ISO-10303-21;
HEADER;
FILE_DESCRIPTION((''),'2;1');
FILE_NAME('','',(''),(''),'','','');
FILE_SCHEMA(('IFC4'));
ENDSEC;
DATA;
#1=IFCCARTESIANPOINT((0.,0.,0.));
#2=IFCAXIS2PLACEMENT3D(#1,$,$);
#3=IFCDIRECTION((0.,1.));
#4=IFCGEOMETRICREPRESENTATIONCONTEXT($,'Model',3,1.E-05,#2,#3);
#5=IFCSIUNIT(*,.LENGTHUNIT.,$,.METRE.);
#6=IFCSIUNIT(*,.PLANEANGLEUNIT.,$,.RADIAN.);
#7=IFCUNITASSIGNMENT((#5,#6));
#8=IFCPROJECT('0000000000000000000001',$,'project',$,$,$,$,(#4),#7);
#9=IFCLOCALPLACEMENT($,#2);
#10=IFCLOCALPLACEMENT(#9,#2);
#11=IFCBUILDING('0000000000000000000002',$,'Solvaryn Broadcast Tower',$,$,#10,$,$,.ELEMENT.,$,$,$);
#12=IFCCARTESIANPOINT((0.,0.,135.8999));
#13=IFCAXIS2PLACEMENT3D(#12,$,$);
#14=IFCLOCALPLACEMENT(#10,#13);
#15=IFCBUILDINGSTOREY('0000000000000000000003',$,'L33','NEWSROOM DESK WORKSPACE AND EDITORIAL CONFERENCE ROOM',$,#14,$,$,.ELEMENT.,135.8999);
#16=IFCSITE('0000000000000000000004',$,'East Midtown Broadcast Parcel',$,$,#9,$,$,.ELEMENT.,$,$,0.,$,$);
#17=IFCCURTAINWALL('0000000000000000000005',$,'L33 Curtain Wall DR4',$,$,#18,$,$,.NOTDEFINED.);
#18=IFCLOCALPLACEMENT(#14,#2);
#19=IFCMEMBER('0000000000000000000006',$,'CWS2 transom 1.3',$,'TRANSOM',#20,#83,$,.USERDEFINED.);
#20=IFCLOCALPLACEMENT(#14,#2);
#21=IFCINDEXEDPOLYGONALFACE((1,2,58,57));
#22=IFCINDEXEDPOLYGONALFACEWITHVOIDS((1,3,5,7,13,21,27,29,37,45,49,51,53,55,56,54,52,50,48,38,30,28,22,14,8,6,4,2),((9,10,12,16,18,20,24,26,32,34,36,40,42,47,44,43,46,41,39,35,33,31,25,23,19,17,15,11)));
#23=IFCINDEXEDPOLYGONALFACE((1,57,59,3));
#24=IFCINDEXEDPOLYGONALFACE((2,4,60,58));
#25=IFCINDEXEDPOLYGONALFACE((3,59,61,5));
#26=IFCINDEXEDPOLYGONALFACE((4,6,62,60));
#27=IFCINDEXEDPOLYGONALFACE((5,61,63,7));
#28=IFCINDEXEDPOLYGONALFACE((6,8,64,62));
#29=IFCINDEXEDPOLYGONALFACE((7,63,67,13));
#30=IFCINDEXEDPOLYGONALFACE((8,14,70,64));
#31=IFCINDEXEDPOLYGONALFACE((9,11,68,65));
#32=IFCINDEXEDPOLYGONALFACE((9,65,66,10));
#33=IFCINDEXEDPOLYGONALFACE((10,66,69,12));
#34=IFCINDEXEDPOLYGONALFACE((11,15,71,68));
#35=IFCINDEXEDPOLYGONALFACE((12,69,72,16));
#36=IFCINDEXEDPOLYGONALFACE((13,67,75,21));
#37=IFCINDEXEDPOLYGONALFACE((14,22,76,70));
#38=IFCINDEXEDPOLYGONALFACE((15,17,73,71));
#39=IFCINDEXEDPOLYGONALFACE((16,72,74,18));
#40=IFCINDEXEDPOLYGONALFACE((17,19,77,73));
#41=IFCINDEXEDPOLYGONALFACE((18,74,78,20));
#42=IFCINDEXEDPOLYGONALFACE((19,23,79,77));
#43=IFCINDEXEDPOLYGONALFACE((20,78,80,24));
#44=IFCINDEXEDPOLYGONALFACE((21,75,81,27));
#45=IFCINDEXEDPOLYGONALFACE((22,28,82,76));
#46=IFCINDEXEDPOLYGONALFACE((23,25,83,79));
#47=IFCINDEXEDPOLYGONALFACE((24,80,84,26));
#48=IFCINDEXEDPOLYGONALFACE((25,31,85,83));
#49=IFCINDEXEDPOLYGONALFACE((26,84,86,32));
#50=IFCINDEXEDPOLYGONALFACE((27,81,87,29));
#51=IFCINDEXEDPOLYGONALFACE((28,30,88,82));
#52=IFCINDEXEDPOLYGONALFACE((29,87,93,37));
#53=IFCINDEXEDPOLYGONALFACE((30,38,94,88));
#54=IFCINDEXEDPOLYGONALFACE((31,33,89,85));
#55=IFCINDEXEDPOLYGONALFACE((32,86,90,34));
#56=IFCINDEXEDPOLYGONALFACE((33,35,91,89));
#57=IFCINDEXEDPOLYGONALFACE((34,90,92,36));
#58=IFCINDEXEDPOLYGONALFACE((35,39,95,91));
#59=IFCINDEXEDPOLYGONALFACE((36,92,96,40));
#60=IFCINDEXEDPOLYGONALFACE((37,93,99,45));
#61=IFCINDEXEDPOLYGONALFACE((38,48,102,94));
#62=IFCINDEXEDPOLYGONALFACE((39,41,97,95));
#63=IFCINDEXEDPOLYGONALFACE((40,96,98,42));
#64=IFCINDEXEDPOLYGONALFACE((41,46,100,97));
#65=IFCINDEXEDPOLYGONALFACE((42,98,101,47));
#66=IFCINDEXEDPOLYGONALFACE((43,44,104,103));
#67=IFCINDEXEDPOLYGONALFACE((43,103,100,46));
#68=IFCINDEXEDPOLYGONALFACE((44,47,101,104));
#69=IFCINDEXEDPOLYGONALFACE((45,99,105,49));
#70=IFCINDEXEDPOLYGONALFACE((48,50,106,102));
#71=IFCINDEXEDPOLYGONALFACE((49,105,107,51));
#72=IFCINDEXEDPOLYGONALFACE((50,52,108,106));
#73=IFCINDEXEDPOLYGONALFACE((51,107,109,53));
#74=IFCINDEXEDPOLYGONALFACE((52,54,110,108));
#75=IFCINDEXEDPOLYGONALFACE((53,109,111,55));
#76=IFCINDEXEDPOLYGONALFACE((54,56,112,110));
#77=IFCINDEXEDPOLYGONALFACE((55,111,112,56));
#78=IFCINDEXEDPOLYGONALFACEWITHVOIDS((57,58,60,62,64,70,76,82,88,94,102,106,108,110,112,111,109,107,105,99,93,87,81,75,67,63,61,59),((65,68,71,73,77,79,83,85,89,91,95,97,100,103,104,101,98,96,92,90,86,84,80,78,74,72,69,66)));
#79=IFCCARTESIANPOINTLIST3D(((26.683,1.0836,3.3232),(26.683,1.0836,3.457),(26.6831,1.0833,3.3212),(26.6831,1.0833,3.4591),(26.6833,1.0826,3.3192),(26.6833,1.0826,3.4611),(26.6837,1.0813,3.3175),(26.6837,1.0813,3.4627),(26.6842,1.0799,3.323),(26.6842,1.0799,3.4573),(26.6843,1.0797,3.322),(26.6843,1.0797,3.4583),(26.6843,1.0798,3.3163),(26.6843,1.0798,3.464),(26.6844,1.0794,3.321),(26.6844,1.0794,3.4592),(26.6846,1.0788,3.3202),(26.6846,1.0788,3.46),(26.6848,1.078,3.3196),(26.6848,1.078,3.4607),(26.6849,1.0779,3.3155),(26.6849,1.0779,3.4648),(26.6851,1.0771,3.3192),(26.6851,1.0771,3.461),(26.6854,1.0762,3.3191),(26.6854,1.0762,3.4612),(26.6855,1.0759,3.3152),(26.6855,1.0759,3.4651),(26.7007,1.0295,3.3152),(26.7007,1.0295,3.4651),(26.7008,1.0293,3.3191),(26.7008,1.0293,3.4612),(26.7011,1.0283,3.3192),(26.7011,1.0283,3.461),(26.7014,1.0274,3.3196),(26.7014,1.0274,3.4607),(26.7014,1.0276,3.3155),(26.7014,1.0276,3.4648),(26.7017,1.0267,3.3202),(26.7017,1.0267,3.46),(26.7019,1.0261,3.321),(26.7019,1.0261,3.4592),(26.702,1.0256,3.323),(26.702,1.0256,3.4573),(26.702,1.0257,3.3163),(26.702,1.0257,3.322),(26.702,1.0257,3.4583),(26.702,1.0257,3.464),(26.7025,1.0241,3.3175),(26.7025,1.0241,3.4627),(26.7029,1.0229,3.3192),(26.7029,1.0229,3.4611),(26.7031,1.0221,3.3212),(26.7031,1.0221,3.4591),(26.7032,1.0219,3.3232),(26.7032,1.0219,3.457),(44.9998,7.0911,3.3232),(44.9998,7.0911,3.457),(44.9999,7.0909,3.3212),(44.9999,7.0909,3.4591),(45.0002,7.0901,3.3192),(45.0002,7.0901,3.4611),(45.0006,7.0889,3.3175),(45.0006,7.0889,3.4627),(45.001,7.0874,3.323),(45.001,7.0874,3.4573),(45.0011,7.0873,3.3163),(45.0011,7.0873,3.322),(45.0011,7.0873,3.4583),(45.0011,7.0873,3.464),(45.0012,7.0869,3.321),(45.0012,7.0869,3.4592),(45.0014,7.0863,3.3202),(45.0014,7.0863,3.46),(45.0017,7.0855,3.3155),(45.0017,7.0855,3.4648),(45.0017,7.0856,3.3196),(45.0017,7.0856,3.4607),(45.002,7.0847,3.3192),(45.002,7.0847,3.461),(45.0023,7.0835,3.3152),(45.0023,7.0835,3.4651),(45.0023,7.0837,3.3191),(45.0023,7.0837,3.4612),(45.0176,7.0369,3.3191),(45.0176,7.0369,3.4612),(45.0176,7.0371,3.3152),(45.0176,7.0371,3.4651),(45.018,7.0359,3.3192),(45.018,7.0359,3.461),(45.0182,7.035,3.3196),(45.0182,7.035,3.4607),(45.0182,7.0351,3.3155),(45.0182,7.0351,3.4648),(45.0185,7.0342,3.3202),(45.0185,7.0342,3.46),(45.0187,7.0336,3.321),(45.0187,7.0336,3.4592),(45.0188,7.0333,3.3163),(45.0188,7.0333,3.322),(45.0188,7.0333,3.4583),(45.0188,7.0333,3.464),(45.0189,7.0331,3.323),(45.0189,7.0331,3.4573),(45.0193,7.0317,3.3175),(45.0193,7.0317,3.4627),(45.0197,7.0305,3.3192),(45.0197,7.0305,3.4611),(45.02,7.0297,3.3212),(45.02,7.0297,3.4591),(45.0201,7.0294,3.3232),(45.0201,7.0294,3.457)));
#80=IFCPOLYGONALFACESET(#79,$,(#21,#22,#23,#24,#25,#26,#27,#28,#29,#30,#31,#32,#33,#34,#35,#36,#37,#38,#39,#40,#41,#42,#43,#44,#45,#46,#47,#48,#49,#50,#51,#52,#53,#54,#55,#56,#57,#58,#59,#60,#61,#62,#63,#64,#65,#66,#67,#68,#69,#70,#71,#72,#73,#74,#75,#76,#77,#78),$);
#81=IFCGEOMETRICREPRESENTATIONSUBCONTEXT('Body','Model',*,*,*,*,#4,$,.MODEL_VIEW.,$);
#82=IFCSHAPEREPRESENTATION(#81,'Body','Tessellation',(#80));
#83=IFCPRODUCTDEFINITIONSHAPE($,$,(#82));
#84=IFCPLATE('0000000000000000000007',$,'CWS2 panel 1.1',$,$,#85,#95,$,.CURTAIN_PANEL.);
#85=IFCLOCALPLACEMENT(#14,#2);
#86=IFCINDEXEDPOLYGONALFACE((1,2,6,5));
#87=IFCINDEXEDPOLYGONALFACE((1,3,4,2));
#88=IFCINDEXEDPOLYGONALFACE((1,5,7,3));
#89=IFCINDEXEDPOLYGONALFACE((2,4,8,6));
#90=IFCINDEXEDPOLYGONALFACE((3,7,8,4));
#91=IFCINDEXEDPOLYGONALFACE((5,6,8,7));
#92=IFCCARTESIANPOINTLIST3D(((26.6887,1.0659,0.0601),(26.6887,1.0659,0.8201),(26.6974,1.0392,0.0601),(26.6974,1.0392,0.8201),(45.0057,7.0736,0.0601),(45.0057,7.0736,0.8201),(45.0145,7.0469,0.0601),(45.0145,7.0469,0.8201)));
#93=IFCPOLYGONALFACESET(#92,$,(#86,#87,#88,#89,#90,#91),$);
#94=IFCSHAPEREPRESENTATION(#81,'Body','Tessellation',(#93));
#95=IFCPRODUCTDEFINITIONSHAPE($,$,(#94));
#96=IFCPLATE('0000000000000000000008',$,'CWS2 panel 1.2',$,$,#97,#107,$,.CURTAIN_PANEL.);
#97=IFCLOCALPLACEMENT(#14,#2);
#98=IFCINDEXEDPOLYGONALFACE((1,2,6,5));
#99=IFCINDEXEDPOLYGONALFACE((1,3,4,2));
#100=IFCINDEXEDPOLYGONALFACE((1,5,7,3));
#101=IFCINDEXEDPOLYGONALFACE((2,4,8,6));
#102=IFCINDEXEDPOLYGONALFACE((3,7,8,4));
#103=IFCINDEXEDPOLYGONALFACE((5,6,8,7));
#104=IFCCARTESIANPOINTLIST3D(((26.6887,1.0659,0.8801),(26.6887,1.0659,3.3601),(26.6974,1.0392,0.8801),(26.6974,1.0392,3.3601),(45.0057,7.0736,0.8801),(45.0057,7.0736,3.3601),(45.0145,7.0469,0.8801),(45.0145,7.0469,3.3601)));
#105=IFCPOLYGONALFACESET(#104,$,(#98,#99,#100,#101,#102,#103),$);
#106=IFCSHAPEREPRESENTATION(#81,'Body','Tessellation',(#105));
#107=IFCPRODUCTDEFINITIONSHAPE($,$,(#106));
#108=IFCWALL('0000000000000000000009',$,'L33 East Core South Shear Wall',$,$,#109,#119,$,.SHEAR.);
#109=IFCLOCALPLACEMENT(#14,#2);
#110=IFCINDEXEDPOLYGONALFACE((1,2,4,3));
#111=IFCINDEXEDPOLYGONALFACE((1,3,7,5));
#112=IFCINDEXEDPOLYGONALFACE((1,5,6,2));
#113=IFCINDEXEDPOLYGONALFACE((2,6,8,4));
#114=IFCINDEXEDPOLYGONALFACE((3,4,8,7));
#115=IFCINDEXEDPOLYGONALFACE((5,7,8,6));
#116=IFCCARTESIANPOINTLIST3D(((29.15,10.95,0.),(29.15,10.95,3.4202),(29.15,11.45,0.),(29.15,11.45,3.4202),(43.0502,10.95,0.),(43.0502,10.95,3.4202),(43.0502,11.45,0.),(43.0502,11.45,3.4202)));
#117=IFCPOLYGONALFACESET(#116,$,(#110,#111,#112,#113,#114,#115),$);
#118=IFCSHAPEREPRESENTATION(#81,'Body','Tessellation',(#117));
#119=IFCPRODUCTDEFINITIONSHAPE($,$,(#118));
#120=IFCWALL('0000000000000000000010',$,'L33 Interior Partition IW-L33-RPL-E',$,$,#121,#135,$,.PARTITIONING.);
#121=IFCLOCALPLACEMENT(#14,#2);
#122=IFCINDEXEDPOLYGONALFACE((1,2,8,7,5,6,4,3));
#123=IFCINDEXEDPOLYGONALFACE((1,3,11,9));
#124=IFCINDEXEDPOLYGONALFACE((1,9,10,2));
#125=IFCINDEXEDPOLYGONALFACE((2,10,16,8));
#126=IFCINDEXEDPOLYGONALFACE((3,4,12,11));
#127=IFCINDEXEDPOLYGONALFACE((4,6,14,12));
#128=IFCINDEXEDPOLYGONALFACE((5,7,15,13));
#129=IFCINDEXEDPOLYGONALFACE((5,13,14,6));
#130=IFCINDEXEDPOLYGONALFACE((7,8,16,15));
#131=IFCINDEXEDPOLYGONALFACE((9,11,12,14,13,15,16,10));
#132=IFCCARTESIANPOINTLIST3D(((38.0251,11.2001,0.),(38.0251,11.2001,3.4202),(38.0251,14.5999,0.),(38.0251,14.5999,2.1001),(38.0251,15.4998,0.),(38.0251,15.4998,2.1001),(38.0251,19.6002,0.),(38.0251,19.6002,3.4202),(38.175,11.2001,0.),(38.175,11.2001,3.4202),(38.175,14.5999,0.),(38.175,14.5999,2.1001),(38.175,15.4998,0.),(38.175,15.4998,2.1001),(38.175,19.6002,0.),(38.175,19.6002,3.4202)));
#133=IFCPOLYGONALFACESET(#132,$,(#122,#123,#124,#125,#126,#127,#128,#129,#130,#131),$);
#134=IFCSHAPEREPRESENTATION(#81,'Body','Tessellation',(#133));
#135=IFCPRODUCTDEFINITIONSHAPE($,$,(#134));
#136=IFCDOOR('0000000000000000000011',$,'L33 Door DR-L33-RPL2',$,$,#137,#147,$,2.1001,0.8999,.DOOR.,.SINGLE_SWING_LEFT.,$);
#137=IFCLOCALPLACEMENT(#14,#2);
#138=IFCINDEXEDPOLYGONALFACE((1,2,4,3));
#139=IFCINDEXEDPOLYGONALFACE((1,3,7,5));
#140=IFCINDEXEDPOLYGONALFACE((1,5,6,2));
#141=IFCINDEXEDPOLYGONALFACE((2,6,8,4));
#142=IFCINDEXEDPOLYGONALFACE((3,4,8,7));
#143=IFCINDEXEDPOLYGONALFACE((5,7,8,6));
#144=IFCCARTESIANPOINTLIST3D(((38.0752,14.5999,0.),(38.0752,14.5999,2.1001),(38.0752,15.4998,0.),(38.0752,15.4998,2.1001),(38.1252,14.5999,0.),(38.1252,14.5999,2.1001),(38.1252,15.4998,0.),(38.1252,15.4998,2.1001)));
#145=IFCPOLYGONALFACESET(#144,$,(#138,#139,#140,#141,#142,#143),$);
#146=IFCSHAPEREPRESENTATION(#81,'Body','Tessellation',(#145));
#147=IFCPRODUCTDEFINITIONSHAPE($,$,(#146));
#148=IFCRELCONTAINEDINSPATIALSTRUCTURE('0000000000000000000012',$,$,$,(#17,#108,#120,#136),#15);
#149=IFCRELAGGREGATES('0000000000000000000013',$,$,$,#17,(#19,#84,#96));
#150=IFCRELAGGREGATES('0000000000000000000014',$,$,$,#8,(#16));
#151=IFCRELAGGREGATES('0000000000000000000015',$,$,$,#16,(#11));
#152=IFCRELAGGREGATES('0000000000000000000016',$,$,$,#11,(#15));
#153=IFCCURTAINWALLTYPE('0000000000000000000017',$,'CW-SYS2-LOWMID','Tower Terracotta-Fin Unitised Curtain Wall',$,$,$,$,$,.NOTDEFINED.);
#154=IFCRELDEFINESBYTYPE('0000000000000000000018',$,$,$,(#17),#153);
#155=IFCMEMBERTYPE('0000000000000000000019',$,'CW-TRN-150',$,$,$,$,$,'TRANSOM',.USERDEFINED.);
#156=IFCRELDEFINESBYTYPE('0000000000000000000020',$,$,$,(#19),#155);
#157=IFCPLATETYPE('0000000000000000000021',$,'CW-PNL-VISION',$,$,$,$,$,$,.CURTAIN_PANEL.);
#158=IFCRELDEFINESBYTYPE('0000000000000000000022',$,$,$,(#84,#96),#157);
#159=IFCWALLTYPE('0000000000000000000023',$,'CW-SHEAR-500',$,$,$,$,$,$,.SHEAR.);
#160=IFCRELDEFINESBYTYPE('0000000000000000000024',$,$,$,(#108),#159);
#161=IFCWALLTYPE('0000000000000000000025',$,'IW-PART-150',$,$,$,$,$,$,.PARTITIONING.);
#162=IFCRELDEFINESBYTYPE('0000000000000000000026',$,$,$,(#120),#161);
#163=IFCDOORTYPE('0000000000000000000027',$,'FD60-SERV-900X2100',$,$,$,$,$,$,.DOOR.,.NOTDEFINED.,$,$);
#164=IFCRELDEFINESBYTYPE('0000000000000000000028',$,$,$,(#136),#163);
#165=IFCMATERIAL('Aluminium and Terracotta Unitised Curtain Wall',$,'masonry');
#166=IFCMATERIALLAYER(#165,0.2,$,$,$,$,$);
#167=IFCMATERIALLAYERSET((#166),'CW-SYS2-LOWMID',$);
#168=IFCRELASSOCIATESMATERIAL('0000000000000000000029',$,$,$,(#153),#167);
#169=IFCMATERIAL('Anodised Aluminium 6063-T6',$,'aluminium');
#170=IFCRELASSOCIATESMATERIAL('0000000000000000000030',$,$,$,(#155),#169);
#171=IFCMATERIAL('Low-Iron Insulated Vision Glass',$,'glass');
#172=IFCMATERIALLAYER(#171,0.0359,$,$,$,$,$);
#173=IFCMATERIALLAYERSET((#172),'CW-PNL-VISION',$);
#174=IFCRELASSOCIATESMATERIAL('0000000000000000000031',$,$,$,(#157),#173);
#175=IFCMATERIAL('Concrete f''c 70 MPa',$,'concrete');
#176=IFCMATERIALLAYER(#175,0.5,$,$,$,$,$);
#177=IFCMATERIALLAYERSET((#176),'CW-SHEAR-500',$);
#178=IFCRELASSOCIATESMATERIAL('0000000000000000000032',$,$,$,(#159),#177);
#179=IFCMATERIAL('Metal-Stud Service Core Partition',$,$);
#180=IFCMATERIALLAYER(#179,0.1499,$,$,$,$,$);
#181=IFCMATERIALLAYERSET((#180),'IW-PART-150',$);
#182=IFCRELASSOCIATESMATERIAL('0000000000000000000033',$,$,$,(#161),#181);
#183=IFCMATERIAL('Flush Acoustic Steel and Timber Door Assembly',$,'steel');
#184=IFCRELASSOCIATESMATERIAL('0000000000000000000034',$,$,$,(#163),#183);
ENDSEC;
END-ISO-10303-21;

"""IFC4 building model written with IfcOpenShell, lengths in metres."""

from ifc_helpers import new_model, si_unit, direction, frame, frame_2d, origin, origin_2d, place, context, subcontext, project, spatial, rectangle, hollow_rectangle, extrude, material, layer, layer_set, material_profile, profile_set, type_object, element, fill, aggregate, save


model = new_model("IFC4")

# Units and contexts
model_context = context("Model", 3, precision=1e-05, world=origin(), true_north=direction((0.0, 1.0)))
body_context = subcontext(model_context, "Body", "Model", "MODEL_VIEW")
ifc_project = project(units=[si_unit("LENGTHUNIT", "METRE"), si_unit("PLANEANGLEUNIT", "RADIAN")], contexts=[model_context])

# Site, building, storey
site_placement = place(None, origin())
site = spatial("IfcSite", under=ifc_project, at=site_placement, Name="East Midtown Broadcast Parcel", CompositionType="ELEMENT", RefElevation=0.0)
building_placement = place(site_placement, origin())
building = spatial("IfcBuilding", under=site, at=building_placement, Name="Solvaryn Broadcast Tower", CompositionType="ELEMENT")
storey_placement = place(building_placement, frame((0.0, 0.0, 135.8999)))
storey = spatial("IfcBuildingStorey", under=building, at=storey_placement, Name="L33", Description="NEWSROOM DESK WORKSPACE AND EDITORIAL CONFERENCE ROOM", CompositionType="ELEMENT", Elevation=135.8999)

# Shared definitions
ifc_material_1 = material(Name="Aluminium and Terracotta Unitised Curtain Wall", Category="masonry")
ifc_layer_1 = layer(ifc_material_1, 0.2)
ifc_layer_set_1 = layer_set([ifc_layer_1], Name="CW-SYS2-LOWMID")
curtain_wall_type = type_object("IfcCurtainWallType", Name="CW-SYS2-LOWMID", Description="Tower Terracotta-Fin Unitised Curtain Wall", PredefinedType="NOTDEFINED", material=ifc_layer_set_1)

# Curtain wall, member, plates
curtain_wall_1_placement = place(storey_placement, origin())
curtain_wall_1 = element("IfcCurtainWall", 1, at=curtain_wall_1_placement, inside=storey, type_object=curtain_wall_type, Name="L33 Curtain Wall DR4", PredefinedType="NOTDEFINED")
ifc_material_2 = material(Name="Anodised Aluminium 6063-T6", Category="aluminium")
ifc_material_profile_1 = material_profile(ifc_material_2, hollow_rectangle(XDim=0.0649, YDim=0.1499, WallThickness=0.0039, InnerFilletRadius=0.0039, OuterFilletRadius=0.0081, at=origin_2d()))
ifc_profile_set_1 = profile_set([ifc_material_profile_1], Name="Anodised Aluminium 6063-T6")
member_type_1 = type_object("IfcMemberType", Name="CW-TRN-150", ElementType="TRANSOM", PredefinedType="USERDEFINED", material=ifc_profile_set_1)
member_1_placement = place(storey_placement, frame((26.6931, 1.0527, 3.3901), z_axis=(0.950198, 0.311646, 0.0), x_axis=(-0.311646, 0.950198, 0.0)))
member_1 = element("IfcMember", 2, at=member_1_placement, type_object=member_type_1, Name="CWS2 transom 1.3", ObjectType="TRANSOM", PredefinedType="USERDEFINED", context=body_context, shape_type="SweptSolid", body=[
    extrude(hollow_rectangle(XDim=0.0649, YDim=0.1499, WallThickness=0.0039, InnerFilletRadius=0.0039, OuterFilletRadius=0.0081, at=origin_2d()), origin(), (0.0, 0.0, 1.0), 19.2769),
])
ifc_material_3 = material(Name="Low-Iron Insulated Vision Glass", Category="glass")
ifc_layer_2 = layer(ifc_material_3, 0.0359)
ifc_layer_set_2 = layer_set([ifc_layer_2], Name="CW-PNL-VISION")
plate_type = type_object("IfcPlateType", Name="CW-PNL-VISION", PredefinedType="CURTAIN_PANEL", material=ifc_layer_set_2)
plate_1_placement = place(storey_placement, frame((35.8516, 4.0564, 0.0601), z_axis=(0.0, 0.0, 1.0), x_axis=(0.950198, 0.311646, 0.0)))
plate_1 = element("IfcPlate", 3, at=plate_1_placement, type_object=plate_type, Name="CWS2 panel 1.1", PredefinedType="CURTAIN_PANEL", context=body_context, shape_type="SweptSolid", body=[
    extrude(rectangle(XDim=19.2771, YDim=0.0281, at=origin_2d()), origin(), (0.0, 0.0, 1.0), 0.76),
])
plate_2_placement = place(storey_placement, frame((35.8516, 4.0564, 0.8801), z_axis=(0.0, 0.0, 1.0), x_axis=(0.950198, 0.311646, 0.0)))
plate_2 = element("IfcPlate", 4, at=plate_2_placement, type_object=plate_type, Name="CWS2 panel 1.2", PredefinedType="CURTAIN_PANEL", context=body_context, shape_type="SweptSolid", body=[
    extrude(rectangle(XDim=19.2771, YDim=0.0281, at=origin_2d()), origin(), (0.0, 0.0, 1.0), 2.48),
])
aggregate(curtain_wall_1, [member_1, plate_1, plate_2])

# Wall
ifc_material_4 = material(Name="Concrete f'c 70 MPa", Category="concrete")
ifc_layer_3 = layer(ifc_material_4, 0.5)
ifc_layer_set_3 = layer_set([ifc_layer_3], Name="CW-SHEAR-500")
wall_type_1 = type_object("IfcWallType", Name="CW-SHEAR-500", PredefinedType="SHEAR", material=ifc_layer_set_3)
wall_1_placement = place(storey_placement, frame((29.1499, 11.2, 0.0), z_axis=(0.0, 0.0, 1.0), x_axis=(1.0, 0.0, 0.0)))
element("IfcWall", 5, at=wall_1_placement, inside=storey, type_object=wall_type_1, Name="L33 East Core South Shear Wall", PredefinedType="SHEAR", context=body_context, shape_type="SweptSolid", body=[
    extrude(rectangle(XDim=13.9001, YDim=0.5, at=frame_2d((6.9502, 0.0))), origin(), (0.0, 0.0, 1.0), 3.4202),
])

# Wall, opening, door
ifc_material_5 = material(Name="Metal-Stud Service Core Partition")
ifc_layer_4 = layer(ifc_material_5, 0.1499)
ifc_layer_set_4 = layer_set([ifc_layer_4], Name="IW-PART-150")
wall_type_2 = type_object("IfcWallType", Name="IW-PART-150", PredefinedType="PARTITIONING", material=ifc_layer_set_4)
wall_2_placement = place(storey_placement, frame((38.1001, 11.2, 0.0), z_axis=(0.0, 0.0, 1.0), x_axis=(0.0, 1.0, 0.0)))
wall_2 = element("IfcWall", 6, at=wall_2_placement, inside=storey, type_object=wall_type_2, Name="L33 Interior Partition IW-L33-RPL-E", PredefinedType="PARTITIONING", context=body_context, shape_type="SweptSolid", body=[
    extrude(rectangle(XDim=8.4001, YDim=0.1499, at=frame_2d((4.2002, 0.0))), origin(), (0.0, 0.0, 1.0), 3.4202),
])
opening_1_placement = place(wall_2_placement, frame((3.3999, 0.0, 0.0)))
opening_1 = element("IfcOpeningElement", 7, at=opening_1_placement, cuts=wall_2, PredefinedType="OPENING", context=body_context, shape_type="SweptSolid", body=[
    extrude(rectangle(XDim=0.8999, YDim=2.1001, at=frame_2d((0.45, 1.05))), frame((0.0, 0.085, 0.0), z_axis=(0.0, -1.0, 0.0), x_axis=(1.0, 0.0, 0.0)), (0.0, 0.0, 1.0), 0.1699),
])
ifc_material_6 = material(Name="Flush Acoustic Steel and Timber Door Assembly", Category="steel")
door_type_1 = type_object("IfcDoorType", Name="FD60-SERV-900X2100", OperationType="NOTDEFINED", PredefinedType="DOOR", material=ifc_material_6)
door_1_placement = place(opening_1_placement, origin())
door_1 = element("IfcDoor", 8, at=door_1_placement, inside=storey, type_object=door_type_1, Name="L33 Door DR-L33-RPL2", OperationType="SINGLE_SWING_LEFT", OverallHeight=2.1001, OverallWidth=0.8999, PredefinedType="DOOR", context=body_context, shape_type="SweptSolid", body=[
    extrude(rectangle(XDim=0.8999, YDim=2.1001, at=frame_2d((0.45, 1.05))), frame((0.0, 0.0249, 0.0), z_axis=(0.0, -1.0, 0.0), x_axis=(1.0, 0.0, 0.0)), (0.0, 0.0, 1.0), 0.05),
])
fill(opening_1, door_1)

save(model, "model.ifc")
